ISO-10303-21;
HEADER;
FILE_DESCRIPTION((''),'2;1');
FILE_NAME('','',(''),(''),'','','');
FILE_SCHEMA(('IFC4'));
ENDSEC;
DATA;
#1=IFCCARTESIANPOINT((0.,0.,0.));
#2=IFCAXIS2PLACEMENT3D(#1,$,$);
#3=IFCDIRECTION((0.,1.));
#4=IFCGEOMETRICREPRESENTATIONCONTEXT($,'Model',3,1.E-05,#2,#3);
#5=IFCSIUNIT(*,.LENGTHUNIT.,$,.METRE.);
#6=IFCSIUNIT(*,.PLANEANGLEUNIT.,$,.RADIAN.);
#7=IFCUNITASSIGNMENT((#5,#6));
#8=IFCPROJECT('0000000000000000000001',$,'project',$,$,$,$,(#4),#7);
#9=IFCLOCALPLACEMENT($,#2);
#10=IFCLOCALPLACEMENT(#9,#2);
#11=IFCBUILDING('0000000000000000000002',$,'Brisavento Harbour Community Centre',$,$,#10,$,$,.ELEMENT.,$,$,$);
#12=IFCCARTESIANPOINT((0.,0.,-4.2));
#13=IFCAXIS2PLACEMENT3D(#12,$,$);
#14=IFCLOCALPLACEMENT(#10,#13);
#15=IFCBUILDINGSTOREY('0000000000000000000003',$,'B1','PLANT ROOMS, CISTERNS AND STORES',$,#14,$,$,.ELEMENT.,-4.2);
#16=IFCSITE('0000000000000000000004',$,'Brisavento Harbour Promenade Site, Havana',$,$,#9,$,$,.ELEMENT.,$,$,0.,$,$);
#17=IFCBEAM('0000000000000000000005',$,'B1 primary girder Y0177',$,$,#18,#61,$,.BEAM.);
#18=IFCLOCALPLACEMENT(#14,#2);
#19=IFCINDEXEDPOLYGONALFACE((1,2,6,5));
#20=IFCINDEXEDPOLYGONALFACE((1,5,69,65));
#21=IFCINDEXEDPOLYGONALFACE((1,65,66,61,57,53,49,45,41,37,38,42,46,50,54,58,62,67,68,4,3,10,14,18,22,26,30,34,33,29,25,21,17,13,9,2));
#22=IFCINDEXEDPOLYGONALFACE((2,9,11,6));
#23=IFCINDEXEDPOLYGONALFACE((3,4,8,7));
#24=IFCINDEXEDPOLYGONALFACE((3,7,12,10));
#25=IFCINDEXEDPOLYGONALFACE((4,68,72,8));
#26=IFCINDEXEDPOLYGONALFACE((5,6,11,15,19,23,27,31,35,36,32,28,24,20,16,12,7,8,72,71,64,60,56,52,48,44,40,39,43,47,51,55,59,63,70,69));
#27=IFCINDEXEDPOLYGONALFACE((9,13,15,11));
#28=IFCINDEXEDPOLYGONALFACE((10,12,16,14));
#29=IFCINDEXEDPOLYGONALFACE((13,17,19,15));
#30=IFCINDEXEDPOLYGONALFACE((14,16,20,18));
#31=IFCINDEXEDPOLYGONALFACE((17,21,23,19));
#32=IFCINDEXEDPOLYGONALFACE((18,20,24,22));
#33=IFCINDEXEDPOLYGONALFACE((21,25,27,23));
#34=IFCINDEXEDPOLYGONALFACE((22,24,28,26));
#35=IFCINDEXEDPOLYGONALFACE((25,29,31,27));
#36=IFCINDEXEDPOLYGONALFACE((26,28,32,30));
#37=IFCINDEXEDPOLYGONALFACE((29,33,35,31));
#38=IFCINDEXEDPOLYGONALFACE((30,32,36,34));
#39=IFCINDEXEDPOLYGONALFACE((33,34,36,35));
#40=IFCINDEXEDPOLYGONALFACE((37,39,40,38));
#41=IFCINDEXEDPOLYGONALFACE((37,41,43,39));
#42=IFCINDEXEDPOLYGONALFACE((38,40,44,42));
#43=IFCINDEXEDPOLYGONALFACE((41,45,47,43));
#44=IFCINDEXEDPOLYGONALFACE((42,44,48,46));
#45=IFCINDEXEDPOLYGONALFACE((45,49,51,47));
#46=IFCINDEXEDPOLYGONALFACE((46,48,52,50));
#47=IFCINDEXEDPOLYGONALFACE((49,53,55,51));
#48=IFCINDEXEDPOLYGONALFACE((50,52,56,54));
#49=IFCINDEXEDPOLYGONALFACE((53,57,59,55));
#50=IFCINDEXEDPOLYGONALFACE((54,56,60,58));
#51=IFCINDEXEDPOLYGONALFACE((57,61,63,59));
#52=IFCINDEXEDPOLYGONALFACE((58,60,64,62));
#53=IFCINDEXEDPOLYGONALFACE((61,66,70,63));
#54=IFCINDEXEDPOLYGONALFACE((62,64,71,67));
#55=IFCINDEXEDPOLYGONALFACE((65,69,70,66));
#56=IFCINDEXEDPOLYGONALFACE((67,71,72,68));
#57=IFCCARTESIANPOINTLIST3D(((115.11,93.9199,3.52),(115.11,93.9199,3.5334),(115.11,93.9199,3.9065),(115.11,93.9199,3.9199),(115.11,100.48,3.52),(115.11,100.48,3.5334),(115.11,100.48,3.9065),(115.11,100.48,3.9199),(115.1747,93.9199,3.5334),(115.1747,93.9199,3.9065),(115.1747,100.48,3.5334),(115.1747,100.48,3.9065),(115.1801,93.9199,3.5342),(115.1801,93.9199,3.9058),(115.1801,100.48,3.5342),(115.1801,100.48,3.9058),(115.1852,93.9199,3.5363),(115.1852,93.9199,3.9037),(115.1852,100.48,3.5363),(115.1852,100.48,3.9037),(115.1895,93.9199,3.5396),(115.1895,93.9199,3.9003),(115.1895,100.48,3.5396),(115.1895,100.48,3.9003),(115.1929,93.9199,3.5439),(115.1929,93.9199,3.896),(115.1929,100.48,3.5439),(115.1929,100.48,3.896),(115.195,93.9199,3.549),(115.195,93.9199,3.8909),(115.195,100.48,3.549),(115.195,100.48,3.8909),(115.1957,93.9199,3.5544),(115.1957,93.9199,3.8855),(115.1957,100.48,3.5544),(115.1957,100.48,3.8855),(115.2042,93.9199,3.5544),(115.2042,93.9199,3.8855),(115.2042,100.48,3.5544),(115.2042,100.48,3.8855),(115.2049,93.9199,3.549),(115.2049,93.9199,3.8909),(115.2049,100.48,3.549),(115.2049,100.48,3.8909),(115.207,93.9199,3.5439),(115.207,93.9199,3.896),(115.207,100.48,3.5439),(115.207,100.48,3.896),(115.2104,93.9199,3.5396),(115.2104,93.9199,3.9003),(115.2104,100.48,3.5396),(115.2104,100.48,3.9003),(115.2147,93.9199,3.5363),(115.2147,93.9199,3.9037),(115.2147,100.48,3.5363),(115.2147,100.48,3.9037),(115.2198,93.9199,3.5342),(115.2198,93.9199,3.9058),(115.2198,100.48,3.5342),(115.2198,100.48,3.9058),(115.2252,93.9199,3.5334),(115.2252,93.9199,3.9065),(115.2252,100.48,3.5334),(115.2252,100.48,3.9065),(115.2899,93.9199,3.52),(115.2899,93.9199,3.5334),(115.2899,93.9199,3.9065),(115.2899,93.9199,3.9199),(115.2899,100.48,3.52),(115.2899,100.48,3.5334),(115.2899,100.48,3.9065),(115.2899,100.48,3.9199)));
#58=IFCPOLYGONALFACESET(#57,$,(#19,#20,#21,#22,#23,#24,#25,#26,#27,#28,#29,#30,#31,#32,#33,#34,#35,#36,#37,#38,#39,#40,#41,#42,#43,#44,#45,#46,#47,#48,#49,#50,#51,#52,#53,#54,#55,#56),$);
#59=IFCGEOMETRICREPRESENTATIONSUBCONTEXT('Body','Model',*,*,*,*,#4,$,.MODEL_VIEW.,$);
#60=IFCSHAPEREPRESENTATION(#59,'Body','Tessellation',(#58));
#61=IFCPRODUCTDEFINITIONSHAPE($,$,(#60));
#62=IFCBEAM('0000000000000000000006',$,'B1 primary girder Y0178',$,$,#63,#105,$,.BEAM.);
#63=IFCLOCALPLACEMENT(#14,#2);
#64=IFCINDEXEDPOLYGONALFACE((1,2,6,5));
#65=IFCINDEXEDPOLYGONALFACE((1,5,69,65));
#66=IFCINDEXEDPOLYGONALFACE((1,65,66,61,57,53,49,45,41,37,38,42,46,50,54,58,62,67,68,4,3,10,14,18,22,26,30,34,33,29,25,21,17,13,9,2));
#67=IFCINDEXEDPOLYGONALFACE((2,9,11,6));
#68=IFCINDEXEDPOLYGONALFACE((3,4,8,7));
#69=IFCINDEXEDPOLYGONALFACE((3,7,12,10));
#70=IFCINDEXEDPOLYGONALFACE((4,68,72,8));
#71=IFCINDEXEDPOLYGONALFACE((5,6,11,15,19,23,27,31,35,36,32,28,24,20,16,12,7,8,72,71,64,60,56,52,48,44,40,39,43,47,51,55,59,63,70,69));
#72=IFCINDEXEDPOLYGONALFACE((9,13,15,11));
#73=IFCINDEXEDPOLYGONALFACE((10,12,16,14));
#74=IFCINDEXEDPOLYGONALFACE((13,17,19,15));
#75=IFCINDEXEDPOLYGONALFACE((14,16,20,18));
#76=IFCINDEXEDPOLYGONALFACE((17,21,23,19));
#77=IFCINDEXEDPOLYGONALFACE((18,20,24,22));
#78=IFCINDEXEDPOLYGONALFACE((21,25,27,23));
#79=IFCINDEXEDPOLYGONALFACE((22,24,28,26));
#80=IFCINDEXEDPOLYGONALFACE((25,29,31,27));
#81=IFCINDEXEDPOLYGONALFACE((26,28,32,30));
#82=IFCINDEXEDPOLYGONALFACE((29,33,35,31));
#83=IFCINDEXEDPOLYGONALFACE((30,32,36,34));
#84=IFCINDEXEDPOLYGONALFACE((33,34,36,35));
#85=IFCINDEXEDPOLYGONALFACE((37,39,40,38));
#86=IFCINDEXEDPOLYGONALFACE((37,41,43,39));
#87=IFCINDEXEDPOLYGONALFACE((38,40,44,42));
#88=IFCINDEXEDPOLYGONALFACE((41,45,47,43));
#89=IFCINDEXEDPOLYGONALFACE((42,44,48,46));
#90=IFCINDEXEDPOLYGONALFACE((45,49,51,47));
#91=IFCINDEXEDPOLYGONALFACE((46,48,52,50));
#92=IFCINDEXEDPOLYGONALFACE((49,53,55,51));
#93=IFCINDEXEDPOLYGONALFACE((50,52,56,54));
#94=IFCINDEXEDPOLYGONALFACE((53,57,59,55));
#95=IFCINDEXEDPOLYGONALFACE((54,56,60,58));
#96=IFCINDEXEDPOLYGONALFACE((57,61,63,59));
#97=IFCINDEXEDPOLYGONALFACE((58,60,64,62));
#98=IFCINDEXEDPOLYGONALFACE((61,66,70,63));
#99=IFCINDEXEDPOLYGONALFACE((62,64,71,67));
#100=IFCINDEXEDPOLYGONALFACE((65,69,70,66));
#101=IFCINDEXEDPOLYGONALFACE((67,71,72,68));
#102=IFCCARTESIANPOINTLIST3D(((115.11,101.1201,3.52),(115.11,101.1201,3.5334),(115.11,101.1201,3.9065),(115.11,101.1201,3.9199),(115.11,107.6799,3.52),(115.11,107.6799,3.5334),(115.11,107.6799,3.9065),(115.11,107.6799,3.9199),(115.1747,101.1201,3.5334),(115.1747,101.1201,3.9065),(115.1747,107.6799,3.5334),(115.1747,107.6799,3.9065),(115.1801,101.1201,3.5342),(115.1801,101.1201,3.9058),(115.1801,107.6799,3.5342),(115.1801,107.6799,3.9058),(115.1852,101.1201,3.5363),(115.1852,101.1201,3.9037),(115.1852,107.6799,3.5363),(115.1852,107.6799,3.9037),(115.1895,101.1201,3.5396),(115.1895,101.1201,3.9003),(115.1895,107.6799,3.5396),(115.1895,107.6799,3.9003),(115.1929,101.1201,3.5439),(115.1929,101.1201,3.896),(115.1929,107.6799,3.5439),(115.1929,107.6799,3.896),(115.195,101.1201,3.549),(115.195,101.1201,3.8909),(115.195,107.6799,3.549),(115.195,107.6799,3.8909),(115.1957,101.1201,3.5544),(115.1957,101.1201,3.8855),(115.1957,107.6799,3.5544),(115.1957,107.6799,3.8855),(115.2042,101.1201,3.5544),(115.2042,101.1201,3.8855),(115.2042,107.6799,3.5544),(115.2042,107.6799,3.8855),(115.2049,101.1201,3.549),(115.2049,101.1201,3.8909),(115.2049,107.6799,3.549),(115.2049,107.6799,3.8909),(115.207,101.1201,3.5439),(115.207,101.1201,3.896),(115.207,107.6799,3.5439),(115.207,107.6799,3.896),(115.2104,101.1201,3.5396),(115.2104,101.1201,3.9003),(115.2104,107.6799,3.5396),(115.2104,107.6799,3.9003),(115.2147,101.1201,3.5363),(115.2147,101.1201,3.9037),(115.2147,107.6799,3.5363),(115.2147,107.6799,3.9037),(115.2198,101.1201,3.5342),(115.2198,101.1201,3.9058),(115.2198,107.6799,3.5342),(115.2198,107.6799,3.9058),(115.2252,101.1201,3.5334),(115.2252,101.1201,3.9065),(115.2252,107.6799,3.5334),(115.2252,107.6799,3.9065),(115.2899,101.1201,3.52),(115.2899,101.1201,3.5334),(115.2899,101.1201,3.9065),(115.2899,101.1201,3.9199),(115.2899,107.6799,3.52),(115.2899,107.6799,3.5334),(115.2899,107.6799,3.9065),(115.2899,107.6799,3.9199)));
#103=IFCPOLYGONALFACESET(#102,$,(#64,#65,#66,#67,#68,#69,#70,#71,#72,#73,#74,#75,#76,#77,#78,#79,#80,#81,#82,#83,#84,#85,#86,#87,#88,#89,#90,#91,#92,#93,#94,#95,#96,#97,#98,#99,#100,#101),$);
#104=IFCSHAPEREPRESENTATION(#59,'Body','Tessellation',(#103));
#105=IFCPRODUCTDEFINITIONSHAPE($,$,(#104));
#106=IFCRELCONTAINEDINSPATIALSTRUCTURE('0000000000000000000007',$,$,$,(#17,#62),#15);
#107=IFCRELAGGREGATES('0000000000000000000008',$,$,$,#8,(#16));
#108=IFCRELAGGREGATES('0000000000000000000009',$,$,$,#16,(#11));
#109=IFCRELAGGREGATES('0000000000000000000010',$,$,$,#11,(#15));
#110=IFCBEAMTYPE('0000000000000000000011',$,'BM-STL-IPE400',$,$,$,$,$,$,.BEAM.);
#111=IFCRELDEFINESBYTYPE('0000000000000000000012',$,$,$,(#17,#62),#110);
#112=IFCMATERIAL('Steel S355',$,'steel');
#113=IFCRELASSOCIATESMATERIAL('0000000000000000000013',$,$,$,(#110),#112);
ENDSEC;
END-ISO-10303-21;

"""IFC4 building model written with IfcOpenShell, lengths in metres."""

from ifc_helpers import new_model, si_unit, direction, frame, origin, origin_2d, place, context, subcontext, project, spatial, i_section, extrude, material, material_profile, profile_set, type_object, element, save


model = new_model("IFC4")

# Units and contexts
model_context = context("Model", 3, precision=1e-05, world=origin(), true_north=direction((0.0, 1.0)))
body_context = subcontext(model_context, "Body", "Model", "MODEL_VIEW")
ifc_project = project(units=[si_unit("LENGTHUNIT", "METRE"), si_unit("PLANEANGLEUNIT", "RADIAN")], contexts=[model_context])

# Site, building, storey
site_placement = place(None, origin())
site = spatial("IfcSite", under=ifc_project, at=site_placement, Name="Brisavento Harbour Promenade Site, Havana", CompositionType="ELEMENT", RefElevation=0.0)
building_placement = place(site_placement, origin())
building = spatial("IfcBuilding", under=site, at=building_placement, Name="Brisavento Harbour Community Centre", CompositionType="ELEMENT")
storey_placement = place(building_placement, frame((0.0, 0.0, -4.2)))
storey = spatial("IfcBuildingStorey", under=building, at=storey_placement, Name="B1", Description="PLANT ROOMS, CISTERNS AND STORES", CompositionType="ELEMENT", Elevation=-4.2)

# Beams
ifc_material_1 = material(Name="Steel S355", Category="steel")
ifc_material_profile_1 = material_profile(ifc_material_1, i_section(OverallWidth=0.1799, OverallDepth=0.3999, WebThickness=0.0085, FlangeThickness=0.0134, FilletRadius=0.021, at=origin_2d()), Name="Steel S355")
ifc_profile_set_1 = profile_set([ifc_material_profile_1], Name="Steel S355")
beam_type = type_object("IfcBeamType", Name="BM-STL-IPE400", PredefinedType="BEAM", material=ifc_profile_set_1)
beam_1_placement = place(storey_placement, frame((115.2, 93.9199, 3.72), z_axis=(0.0, 1.0, 0.0), x_axis=(-1.0, 0.0, 0.0)))
element("IfcBeam", 1, at=beam_1_placement, inside=storey, type_object=beam_type, Name="B1 primary girder Y0177", PredefinedType="BEAM", context=body_context, shape_type="SweptSolid", body=[
    extrude(i_section(OverallWidth=0.1799, OverallDepth=0.3999, WebThickness=0.0085, FlangeThickness=0.0134, FilletRadius=0.021, at=origin_2d()), origin(), (0.0, 0.0, 1.0), 6.5601),
])
beam_2_placement = place(storey_placement, frame((115.2, 101.1201, 3.72), z_axis=(0.0, 1.0, 0.0), x_axis=(-1.0, 0.0, 0.0)))
element("IfcBeam", 2, at=beam_2_placement, inside=storey, type_object=beam_type, Name="B1 primary girder Y0178", PredefinedType="BEAM", context=body_context, shape_type="SweptSolid", body=[
    extrude(i_section(OverallWidth=0.1799, OverallDepth=0.3999, WebThickness=0.0085, FlangeThickness=0.0134, FilletRadius=0.021, at=origin_2d()), origin(), (0.0, 0.0, 1.0), 6.5598),
])

save(model, "model.ifc")
